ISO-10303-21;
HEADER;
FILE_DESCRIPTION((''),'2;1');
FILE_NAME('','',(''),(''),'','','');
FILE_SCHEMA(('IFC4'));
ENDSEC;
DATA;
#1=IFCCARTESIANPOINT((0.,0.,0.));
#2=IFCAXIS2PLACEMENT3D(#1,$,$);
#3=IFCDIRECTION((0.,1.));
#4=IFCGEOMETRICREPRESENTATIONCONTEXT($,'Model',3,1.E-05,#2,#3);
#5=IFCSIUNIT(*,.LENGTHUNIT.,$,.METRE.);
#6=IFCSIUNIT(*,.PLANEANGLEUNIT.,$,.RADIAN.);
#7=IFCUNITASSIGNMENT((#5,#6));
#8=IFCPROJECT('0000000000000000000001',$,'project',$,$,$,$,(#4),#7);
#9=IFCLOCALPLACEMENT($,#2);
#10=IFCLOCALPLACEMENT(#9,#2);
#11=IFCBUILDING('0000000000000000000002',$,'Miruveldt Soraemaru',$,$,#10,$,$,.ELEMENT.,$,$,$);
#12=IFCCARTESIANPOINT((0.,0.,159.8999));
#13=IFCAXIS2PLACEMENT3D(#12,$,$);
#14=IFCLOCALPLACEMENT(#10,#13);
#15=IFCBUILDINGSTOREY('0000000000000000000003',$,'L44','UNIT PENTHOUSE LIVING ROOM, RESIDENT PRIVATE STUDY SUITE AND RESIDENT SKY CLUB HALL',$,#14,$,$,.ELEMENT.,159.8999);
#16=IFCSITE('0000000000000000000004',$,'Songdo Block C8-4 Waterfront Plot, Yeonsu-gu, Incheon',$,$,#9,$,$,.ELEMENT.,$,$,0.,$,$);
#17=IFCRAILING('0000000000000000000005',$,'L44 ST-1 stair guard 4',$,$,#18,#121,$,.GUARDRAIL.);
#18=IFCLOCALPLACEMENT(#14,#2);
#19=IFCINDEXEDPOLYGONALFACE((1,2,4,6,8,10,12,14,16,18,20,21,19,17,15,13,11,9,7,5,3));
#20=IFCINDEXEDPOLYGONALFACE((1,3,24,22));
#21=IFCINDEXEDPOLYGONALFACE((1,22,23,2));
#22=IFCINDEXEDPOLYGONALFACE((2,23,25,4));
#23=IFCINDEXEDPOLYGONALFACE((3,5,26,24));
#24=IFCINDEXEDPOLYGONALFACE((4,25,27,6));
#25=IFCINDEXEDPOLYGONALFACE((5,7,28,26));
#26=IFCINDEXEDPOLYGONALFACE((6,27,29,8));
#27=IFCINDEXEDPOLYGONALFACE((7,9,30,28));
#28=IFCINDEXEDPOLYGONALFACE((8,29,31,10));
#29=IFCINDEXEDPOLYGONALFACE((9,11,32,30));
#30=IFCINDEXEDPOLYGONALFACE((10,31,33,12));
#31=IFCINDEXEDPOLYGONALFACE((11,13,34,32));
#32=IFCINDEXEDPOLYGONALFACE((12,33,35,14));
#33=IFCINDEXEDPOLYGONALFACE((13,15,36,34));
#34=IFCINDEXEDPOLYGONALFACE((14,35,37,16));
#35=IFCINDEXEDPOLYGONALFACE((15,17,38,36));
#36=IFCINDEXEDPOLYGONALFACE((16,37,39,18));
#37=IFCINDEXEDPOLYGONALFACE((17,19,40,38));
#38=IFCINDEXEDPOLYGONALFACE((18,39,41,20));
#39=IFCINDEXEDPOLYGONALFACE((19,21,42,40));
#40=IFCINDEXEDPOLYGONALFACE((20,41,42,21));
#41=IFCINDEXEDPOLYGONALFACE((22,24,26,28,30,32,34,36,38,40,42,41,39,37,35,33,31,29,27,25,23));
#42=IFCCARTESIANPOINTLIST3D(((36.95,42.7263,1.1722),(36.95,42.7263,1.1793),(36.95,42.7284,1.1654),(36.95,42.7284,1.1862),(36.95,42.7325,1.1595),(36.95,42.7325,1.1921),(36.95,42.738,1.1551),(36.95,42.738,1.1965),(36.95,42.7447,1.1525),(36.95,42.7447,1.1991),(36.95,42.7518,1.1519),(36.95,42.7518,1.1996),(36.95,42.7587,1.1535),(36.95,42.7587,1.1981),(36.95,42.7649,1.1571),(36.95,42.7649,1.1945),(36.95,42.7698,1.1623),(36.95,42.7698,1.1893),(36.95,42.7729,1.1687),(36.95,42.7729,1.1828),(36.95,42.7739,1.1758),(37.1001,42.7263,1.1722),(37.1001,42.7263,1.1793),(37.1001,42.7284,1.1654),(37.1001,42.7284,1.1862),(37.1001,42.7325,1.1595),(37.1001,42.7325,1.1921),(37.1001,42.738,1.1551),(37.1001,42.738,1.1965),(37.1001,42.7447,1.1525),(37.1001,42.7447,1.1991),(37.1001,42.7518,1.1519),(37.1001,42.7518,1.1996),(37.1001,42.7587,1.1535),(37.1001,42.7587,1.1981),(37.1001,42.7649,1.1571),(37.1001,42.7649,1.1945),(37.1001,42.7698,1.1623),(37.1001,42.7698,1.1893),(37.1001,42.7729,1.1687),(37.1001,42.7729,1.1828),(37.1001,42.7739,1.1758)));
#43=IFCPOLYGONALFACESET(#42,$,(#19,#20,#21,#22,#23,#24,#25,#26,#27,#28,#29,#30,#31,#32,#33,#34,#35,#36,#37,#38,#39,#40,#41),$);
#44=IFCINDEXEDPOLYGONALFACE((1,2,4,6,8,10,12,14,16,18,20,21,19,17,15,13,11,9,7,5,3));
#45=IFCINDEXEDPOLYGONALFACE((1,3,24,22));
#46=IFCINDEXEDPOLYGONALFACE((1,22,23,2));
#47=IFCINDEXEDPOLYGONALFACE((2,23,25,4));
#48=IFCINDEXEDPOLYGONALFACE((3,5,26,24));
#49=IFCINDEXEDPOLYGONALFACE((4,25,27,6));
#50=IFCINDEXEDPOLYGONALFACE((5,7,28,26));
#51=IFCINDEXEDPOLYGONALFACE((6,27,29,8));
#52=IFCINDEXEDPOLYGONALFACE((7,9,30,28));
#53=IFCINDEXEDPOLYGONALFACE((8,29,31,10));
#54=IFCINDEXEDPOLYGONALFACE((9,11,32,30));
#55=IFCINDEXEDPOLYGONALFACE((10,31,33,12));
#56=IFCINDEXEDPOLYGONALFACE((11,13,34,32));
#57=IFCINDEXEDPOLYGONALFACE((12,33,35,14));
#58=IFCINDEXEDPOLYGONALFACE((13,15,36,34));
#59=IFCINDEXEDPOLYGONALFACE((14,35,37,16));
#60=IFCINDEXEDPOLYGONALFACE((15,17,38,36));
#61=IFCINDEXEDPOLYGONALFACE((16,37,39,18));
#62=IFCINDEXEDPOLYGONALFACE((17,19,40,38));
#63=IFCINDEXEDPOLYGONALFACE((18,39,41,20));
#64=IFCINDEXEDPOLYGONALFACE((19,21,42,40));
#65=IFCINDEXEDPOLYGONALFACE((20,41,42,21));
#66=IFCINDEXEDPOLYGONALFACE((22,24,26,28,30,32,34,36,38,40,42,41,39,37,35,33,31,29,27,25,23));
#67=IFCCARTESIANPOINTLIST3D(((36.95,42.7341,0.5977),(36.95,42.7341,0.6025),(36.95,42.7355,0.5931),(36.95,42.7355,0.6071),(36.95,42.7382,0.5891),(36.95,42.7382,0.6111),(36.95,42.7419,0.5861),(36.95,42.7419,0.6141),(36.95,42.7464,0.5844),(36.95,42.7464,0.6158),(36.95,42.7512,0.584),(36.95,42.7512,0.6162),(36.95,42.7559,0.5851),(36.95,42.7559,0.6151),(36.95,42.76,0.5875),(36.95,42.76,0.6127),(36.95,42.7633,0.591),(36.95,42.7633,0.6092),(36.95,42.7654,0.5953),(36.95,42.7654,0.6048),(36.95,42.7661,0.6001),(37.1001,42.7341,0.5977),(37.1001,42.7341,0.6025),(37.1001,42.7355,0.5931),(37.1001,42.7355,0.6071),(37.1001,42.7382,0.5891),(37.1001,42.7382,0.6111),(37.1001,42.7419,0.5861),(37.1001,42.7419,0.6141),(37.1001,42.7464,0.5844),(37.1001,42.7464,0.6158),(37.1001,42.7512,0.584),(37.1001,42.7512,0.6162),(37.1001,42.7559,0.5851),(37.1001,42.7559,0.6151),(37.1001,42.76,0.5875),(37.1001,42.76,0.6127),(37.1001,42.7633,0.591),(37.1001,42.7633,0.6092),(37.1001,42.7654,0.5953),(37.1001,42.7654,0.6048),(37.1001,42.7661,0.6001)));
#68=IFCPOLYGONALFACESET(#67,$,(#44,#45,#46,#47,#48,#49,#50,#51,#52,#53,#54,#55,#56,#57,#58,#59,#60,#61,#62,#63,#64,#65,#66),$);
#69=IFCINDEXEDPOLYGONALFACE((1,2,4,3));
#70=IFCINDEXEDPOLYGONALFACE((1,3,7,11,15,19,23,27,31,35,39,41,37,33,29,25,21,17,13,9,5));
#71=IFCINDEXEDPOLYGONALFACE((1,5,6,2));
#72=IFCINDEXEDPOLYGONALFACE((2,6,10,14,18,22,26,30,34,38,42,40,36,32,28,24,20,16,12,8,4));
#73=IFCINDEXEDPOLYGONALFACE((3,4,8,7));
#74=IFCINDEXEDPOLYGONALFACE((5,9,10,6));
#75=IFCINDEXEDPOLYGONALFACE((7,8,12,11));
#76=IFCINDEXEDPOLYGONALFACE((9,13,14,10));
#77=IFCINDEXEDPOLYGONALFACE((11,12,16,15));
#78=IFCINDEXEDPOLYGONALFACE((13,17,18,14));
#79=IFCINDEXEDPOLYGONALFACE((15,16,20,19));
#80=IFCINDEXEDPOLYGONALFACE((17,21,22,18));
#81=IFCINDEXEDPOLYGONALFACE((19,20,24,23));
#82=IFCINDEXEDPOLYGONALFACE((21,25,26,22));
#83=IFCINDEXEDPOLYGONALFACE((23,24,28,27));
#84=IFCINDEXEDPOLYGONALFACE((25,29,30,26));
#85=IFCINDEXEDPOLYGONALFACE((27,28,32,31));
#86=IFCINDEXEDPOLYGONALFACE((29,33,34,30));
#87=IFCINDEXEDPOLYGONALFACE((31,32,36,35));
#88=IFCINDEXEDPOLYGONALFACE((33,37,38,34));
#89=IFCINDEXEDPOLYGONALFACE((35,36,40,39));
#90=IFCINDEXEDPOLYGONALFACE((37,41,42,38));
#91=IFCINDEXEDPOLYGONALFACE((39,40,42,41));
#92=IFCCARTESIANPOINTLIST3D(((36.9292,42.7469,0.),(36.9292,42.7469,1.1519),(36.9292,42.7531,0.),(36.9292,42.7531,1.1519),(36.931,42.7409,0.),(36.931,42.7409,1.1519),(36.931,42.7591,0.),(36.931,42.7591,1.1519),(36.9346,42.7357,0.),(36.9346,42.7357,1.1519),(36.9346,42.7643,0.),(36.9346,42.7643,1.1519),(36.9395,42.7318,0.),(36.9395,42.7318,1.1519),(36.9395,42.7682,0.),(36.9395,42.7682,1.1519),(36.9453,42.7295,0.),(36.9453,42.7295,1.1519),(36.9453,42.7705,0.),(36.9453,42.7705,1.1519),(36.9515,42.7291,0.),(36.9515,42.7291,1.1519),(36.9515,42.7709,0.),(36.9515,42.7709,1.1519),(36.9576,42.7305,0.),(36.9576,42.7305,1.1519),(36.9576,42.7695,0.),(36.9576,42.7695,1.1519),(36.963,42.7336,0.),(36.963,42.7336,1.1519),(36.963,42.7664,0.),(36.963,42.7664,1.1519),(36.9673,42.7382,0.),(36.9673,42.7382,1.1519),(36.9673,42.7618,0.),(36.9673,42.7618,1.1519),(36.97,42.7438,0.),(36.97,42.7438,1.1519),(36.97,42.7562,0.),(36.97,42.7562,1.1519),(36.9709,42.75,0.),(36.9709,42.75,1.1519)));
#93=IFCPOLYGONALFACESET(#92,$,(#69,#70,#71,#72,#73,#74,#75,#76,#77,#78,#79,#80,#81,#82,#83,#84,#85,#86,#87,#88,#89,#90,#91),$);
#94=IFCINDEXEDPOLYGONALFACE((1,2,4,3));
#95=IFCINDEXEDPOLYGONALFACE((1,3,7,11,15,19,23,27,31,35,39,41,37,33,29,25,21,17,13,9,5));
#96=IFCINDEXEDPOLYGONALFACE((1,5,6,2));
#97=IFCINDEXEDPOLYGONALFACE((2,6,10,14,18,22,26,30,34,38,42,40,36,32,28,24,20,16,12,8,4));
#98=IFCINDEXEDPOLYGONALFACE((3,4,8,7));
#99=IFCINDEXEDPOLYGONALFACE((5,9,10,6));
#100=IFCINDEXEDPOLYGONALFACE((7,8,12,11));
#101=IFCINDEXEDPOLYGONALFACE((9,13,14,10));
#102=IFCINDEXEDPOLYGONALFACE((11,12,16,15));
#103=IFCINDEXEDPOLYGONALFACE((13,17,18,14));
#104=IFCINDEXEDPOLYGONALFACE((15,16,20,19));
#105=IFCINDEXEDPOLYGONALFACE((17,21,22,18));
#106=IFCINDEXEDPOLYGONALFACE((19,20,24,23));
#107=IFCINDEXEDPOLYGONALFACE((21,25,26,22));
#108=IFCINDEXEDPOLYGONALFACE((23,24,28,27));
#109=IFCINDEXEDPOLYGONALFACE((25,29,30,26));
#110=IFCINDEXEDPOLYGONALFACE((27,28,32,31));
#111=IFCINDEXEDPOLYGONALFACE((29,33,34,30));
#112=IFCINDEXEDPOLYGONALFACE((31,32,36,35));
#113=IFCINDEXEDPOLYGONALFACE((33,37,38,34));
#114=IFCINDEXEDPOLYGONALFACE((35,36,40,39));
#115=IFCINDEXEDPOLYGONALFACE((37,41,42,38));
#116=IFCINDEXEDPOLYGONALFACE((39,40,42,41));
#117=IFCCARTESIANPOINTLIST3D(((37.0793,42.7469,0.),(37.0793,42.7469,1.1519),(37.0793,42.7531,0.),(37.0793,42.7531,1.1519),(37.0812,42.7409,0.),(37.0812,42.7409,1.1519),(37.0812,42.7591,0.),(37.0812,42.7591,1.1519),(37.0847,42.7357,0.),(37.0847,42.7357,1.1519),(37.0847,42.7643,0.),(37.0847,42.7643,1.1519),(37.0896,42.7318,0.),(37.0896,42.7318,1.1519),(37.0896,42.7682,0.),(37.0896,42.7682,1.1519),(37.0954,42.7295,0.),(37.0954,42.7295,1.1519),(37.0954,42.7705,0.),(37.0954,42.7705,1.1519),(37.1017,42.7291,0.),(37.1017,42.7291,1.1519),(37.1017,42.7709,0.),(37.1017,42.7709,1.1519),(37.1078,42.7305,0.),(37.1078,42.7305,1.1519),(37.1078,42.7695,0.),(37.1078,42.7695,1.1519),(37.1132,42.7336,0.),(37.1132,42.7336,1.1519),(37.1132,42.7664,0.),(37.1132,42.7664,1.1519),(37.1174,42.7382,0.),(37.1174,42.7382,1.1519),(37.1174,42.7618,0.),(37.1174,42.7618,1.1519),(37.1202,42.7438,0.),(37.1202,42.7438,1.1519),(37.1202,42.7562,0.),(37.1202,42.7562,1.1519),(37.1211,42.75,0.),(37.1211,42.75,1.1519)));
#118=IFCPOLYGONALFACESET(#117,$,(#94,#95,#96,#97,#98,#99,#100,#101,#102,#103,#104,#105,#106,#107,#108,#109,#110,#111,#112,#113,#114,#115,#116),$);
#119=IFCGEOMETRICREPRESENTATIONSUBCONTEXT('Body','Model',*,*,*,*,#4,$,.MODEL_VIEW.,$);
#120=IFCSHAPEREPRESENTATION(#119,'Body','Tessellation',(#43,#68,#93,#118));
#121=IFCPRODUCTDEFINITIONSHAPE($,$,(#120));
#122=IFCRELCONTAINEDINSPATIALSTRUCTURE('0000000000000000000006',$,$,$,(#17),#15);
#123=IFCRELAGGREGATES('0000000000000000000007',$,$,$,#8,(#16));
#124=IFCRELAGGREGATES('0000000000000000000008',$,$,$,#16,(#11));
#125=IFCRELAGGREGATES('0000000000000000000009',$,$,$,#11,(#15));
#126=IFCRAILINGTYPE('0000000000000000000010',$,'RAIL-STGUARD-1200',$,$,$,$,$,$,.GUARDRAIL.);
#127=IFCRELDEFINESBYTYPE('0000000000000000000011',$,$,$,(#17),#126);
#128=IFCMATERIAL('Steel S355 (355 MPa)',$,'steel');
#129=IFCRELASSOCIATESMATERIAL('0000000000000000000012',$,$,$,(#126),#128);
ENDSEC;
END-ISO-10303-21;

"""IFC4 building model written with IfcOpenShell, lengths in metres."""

from ifc_helpers import new_model, si_unit, direction, frame, origin, origin_2d, place, context, subcontext, project, spatial, circle, extrude, material, type_object, element, save


model = new_model("IFC4")

# Units and contexts
model_context = context("Model", 3, precision=1e-05, world=origin(), true_north=direction((0.0, 1.0)))
body_context = subcontext(model_context, "Body", "Model", "MODEL_VIEW")
ifc_project = project(units=[si_unit("LENGTHUNIT", "METRE"), si_unit("PLANEANGLEUNIT", "RADIAN")], contexts=[model_context])

# Site, building, storey
site_placement = place(None, origin())
site = spatial("IfcSite", under=ifc_project, at=site_placement, Name="Songdo Block C8-4 Waterfront Plot, Yeonsu-gu, Incheon", CompositionType="ELEMENT", RefElevation=0.0)
building_placement = place(site_placement, origin())
building = spatial("IfcBuilding", under=site, at=building_placement, Name="Miruveldt Soraemaru", CompositionType="ELEMENT")
storey_placement = place(building_placement, frame((0.0, 0.0, 159.8999)))
storey = spatial("IfcBuildingStorey", under=building, at=storey_placement, Name="L44", Description="UNIT PENTHOUSE LIVING ROOM, RESIDENT PRIVATE STUDY SUITE AND RESIDENT SKY CLUB HALL", CompositionType="ELEMENT", Elevation=159.8999)

# Railing
ifc_material_1 = material(Name="Steel S355 (355 MPa)", Category="steel")
railing_type = type_object("IfcRailingType", Name="RAIL-STGUARD-1200", PredefinedType="GUARDRAIL", material=ifc_material_1)
railing_1_placement = place(storey_placement, frame((36.95, 42.75, 0.0)))
element("IfcRailing", 1, at=railing_1_placement, inside=storey, type_object=railing_type, Name="L44 ST-1 stair guard 4", PredefinedType="GUARDRAIL", context=body_context, shape_type="SweptSolid", body=[
    extrude(circle(Radius=0.0239, at=origin_2d()), frame((0.0, 0.0, 1.1758), z_axis=(1.0, 0.0, 0.0), x_axis=(0.0, 1.0, 0.0)), (0.0, 0.0, 1.0), 0.1501),
    extrude(circle(Radius=0.0161, at=origin_2d()), frame((0.0, 0.0, 0.6001), z_axis=(1.0, 0.0, 0.0), x_axis=(0.0, 1.0, 0.0)), (0.0, 0.0, 1.0), 0.1501),
    extrude(circle(Radius=0.021, at=origin_2d()), origin(), (0.0, 0.0, 1.0), 1.1519),
    extrude(circle(Radius=0.021, at=origin_2d()), frame((0.1501, 0.0, 0.0)), (0.0, 0.0, 1.0), 1.1519),
])

save(model, "model.ifc")
